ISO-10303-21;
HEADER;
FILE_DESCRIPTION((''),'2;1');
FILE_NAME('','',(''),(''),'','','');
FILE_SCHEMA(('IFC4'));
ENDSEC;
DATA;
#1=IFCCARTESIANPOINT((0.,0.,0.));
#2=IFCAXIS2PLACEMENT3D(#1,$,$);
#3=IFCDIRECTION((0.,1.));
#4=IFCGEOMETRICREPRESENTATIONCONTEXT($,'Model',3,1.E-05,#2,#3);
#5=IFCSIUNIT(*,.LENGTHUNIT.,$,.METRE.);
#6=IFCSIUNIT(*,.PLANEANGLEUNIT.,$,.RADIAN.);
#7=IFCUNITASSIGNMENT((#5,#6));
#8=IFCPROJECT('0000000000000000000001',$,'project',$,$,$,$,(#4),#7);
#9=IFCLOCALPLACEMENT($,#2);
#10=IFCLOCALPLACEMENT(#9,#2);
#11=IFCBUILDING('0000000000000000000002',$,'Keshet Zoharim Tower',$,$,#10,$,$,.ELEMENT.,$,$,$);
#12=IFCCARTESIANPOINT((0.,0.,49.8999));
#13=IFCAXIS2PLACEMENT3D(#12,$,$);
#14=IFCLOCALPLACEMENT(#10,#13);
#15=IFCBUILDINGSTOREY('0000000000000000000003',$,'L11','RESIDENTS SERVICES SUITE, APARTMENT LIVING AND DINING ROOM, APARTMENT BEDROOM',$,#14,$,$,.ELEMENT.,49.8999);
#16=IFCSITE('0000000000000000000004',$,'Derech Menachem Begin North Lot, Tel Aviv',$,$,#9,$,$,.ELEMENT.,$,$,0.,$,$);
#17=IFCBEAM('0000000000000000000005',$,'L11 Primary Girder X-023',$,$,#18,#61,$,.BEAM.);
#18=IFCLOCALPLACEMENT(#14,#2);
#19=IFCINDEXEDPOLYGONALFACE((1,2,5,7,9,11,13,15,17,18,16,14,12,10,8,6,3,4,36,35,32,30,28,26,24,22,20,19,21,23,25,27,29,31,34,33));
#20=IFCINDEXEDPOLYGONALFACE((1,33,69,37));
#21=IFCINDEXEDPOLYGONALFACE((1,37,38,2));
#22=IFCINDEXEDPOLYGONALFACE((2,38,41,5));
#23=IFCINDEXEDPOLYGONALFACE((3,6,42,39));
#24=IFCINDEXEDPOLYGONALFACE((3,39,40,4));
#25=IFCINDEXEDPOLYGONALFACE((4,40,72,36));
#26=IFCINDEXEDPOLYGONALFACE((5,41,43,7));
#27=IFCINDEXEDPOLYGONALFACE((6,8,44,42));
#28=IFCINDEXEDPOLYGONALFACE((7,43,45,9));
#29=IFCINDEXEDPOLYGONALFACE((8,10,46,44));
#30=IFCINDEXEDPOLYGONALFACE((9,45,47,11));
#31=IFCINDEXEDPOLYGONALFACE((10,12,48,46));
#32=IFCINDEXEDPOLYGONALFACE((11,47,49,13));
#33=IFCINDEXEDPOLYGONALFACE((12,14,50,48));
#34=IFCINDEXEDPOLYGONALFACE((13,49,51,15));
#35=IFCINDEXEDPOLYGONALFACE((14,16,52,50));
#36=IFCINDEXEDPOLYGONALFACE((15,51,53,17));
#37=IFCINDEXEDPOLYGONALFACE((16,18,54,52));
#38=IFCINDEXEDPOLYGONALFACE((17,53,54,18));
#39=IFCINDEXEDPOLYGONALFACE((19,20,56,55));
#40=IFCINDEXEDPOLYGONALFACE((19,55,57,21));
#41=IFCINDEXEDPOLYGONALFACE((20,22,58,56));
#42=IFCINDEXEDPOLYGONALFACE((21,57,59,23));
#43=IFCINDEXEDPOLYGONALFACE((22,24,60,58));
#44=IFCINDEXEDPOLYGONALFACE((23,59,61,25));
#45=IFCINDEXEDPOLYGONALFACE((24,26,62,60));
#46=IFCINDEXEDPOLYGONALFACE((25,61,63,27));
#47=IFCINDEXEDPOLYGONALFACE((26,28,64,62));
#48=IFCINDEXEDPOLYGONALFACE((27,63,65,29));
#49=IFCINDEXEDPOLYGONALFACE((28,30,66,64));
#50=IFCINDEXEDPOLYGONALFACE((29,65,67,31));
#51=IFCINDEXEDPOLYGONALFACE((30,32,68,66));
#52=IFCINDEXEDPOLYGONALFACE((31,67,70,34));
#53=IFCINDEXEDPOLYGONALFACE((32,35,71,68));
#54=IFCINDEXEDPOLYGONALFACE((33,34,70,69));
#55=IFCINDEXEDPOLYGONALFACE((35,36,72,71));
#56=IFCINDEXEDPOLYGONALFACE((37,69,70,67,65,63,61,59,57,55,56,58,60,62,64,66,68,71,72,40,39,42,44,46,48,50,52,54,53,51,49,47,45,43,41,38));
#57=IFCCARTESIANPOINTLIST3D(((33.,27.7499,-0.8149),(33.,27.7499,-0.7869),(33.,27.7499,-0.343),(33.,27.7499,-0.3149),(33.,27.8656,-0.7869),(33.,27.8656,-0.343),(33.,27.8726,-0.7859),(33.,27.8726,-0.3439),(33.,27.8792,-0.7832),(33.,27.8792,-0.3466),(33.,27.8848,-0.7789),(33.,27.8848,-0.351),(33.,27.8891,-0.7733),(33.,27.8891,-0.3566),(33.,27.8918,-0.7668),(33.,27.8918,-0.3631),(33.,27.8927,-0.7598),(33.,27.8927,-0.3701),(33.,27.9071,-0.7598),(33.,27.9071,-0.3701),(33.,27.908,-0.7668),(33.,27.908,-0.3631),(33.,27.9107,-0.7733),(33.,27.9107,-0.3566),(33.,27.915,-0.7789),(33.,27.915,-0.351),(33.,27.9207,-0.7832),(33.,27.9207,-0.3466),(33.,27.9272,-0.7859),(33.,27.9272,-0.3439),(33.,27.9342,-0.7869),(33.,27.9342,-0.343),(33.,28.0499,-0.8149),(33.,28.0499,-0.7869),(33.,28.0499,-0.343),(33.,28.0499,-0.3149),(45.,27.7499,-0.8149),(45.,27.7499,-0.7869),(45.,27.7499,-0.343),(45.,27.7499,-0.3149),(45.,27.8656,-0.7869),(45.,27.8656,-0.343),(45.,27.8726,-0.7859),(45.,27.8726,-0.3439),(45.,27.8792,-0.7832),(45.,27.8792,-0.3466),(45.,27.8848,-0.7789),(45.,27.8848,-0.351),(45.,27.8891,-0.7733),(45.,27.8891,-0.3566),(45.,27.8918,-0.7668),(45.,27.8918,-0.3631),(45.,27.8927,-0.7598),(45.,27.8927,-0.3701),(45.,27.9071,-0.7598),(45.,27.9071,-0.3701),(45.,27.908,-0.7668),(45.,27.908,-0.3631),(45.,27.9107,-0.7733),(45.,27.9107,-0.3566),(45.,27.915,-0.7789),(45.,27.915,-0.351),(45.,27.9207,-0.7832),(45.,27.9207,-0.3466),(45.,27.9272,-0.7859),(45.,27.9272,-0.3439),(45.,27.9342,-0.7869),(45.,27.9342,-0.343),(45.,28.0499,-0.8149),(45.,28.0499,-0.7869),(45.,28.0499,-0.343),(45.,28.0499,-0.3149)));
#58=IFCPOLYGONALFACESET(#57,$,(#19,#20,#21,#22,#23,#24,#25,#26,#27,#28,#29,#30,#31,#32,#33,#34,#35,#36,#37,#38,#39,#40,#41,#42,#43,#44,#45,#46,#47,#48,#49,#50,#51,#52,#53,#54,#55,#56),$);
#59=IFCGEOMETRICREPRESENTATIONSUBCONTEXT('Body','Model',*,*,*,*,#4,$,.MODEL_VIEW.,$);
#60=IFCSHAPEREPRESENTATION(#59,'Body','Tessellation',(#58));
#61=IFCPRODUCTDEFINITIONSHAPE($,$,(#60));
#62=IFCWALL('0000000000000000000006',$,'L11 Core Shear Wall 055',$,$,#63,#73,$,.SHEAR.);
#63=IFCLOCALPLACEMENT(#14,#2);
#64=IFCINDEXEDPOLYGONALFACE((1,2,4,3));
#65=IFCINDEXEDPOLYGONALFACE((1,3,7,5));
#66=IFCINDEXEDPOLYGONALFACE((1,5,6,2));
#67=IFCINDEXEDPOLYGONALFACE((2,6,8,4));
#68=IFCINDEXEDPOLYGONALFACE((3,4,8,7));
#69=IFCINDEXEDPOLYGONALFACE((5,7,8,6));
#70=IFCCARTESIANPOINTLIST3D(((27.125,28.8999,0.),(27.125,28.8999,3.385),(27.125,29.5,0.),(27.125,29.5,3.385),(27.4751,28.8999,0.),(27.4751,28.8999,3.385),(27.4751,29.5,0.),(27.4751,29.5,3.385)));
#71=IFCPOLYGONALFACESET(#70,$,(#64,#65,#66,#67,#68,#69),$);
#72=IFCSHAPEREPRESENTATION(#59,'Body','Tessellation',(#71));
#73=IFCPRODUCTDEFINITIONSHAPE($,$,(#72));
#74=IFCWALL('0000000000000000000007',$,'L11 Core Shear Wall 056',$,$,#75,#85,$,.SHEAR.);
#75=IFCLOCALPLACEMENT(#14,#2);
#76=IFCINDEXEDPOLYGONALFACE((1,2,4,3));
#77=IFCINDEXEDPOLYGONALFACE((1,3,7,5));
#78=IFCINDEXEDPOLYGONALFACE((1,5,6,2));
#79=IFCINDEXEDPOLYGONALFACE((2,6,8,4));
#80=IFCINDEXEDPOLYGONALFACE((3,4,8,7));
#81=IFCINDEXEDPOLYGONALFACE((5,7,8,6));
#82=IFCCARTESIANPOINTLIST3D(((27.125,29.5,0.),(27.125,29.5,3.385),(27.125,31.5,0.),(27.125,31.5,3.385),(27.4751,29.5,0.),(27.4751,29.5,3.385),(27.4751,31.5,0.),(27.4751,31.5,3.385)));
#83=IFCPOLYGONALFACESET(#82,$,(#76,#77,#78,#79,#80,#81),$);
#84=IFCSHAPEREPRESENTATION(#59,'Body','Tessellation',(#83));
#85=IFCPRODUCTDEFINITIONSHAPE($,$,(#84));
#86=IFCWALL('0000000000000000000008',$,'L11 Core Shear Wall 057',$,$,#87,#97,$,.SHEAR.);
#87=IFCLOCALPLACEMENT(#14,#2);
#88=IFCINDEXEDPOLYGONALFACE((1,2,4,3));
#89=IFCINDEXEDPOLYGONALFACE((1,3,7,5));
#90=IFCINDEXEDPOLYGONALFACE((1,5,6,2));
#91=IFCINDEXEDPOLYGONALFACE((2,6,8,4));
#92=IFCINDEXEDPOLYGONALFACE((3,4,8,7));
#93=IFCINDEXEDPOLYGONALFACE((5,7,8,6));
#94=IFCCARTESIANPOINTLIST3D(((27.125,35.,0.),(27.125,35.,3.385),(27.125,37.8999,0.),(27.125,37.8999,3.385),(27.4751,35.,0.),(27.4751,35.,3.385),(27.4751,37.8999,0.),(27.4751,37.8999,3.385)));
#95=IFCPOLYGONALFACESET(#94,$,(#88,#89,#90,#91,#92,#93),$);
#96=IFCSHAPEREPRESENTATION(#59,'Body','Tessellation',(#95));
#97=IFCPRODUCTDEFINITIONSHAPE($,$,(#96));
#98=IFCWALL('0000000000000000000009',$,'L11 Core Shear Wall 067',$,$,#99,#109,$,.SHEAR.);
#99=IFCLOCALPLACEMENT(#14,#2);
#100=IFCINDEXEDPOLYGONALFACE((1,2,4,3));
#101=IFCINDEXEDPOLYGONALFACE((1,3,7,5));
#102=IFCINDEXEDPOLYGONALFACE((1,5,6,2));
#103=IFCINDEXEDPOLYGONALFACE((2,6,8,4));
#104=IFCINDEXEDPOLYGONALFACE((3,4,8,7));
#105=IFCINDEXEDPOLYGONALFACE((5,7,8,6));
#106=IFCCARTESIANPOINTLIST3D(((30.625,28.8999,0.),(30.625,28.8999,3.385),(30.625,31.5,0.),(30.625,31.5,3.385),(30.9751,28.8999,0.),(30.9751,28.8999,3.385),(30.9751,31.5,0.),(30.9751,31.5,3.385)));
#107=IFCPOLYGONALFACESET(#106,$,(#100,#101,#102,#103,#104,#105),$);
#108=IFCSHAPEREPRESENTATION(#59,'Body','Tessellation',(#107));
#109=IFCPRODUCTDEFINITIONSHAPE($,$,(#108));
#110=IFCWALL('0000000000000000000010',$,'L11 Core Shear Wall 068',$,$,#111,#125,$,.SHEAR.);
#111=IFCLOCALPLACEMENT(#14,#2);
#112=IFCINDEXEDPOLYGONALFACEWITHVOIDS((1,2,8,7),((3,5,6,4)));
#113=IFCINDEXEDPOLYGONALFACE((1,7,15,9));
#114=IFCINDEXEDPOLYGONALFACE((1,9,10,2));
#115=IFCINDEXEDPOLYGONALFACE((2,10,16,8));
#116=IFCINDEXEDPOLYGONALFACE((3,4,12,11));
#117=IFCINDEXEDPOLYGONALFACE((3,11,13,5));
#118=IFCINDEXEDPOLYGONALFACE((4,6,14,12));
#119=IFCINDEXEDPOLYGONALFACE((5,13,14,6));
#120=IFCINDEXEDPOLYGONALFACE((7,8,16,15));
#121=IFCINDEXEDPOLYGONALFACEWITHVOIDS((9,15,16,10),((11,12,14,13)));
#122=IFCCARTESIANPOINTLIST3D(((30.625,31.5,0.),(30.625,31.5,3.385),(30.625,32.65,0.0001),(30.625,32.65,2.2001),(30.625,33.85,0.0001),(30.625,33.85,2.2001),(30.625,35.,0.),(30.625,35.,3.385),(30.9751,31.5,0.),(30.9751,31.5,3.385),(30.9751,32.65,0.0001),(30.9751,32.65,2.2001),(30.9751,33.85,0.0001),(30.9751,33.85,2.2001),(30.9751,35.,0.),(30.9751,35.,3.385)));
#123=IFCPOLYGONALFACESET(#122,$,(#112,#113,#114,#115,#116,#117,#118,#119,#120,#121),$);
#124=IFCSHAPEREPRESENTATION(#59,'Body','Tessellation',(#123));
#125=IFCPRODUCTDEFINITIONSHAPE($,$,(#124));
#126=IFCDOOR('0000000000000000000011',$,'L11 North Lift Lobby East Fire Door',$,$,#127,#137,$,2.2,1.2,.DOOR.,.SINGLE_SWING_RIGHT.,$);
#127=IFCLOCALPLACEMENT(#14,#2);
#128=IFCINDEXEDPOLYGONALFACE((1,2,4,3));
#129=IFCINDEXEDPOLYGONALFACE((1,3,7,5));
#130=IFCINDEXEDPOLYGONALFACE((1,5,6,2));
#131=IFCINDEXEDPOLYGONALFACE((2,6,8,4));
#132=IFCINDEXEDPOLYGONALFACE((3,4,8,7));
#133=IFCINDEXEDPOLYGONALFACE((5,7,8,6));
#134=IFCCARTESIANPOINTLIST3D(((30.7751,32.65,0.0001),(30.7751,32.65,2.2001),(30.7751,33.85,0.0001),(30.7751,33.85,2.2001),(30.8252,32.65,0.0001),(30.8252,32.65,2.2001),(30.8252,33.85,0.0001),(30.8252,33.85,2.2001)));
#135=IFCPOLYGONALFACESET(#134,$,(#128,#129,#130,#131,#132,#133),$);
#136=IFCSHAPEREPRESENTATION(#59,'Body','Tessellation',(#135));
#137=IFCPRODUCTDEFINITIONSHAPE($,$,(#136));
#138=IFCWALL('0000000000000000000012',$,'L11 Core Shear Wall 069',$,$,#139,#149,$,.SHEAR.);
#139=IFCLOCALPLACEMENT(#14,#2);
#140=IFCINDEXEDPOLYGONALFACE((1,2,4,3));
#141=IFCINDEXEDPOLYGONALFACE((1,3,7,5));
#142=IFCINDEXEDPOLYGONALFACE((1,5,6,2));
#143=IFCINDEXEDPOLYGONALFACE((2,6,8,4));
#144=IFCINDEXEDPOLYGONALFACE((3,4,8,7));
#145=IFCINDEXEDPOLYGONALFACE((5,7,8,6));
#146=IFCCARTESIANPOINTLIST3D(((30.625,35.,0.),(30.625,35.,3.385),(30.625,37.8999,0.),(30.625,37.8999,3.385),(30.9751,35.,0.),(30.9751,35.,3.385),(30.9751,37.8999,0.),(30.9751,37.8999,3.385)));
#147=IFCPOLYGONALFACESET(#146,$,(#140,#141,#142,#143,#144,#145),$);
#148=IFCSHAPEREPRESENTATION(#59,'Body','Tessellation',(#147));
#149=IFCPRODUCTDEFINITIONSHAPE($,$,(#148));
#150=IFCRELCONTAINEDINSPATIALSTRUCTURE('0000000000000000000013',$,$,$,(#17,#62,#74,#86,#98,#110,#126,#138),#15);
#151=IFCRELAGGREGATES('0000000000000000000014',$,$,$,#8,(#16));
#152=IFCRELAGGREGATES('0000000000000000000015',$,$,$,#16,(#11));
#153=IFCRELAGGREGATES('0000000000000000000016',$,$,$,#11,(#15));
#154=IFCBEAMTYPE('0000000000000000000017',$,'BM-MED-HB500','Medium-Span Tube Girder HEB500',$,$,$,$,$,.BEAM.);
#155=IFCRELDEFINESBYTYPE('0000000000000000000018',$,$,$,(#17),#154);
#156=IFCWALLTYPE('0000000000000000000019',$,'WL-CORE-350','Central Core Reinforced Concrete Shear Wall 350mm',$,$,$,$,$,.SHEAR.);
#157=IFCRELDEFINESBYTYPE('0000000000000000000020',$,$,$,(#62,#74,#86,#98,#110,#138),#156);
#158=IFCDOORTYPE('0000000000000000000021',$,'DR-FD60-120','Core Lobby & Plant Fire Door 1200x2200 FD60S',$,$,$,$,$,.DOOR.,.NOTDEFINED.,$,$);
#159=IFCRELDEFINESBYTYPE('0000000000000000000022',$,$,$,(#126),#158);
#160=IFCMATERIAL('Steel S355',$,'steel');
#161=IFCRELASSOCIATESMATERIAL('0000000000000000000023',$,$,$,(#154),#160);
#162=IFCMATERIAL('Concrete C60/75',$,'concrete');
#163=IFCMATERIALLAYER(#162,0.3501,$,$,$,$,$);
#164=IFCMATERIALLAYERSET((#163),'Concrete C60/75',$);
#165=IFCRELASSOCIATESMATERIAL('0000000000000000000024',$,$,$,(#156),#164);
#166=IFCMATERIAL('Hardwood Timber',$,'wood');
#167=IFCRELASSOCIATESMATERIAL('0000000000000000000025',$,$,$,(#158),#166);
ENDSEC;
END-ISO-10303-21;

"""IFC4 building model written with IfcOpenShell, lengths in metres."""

from ifc_helpers import new_model, si_unit, direction, frame, frame_2d, origin, origin_2d, place, context, subcontext, project, spatial, rectangle, i_section, extrude, material, layer, layer_set, material_profile, profile_set, type_object, element, fill, save


model = new_model("IFC4")

# Units and contexts
model_context = context("Model", 3, precision=1e-05, world=origin(), true_north=direction((0.0, 1.0)))
body_context = subcontext(model_context, "Body", "Model", "MODEL_VIEW")
ifc_project = project(units=[si_unit("LENGTHUNIT", "METRE"), si_unit("PLANEANGLEUNIT", "RADIAN")], contexts=[model_context])

# Site, building, storey
site_placement = place(None, origin())
site = spatial("IfcSite", under=ifc_project, at=site_placement, Name="Derech Menachem Begin North Lot, Tel Aviv", CompositionType="ELEMENT", RefElevation=0.0)
building_placement = place(site_placement, origin())
building = spatial("IfcBuilding", under=site, at=building_placement, Name="Keshet Zoharim Tower", CompositionType="ELEMENT")
storey_placement = place(building_placement, frame((0.0, 0.0, 49.8999)))
storey = spatial("IfcBuildingStorey", under=building, at=storey_placement, Name="L11", Description="RESIDENTS SERVICES SUITE, APARTMENT LIVING AND DINING ROOM, APARTMENT BEDROOM", CompositionType="ELEMENT", Elevation=49.8999)

# Shared definitions
ifc_material_1 = material(Name="Concrete C60/75", Category="concrete")

# Beam
ifc_material_2 = material(Name="Steel S355", Category="steel")
ifc_material_profile_1 = material_profile(ifc_material_2, i_section(OverallWidth=0.3, OverallDepth=0.5, WebThickness=0.0144, FlangeThickness=0.0281, FilletRadius=0.0271, at=origin_2d()), Name="HEB500")
ifc_profile_set_1 = profile_set([ifc_material_profile_1], Name="Steel S355")
beam_type_1 = type_object("IfcBeamType", Name="BM-MED-HB500", Description="Medium-Span Tube Girder HEB500", PredefinedType="BEAM", material=ifc_profile_set_1)
beam_1_placement = place(storey_placement, frame((33.0, 27.8999, -0.5649), z_axis=(1.0, 0.0, 0.0), x_axis=(0.0, 1.0, 0.0)))
element("IfcBeam", 1, at=beam_1_placement, inside=storey, type_object=beam_type_1, Name="L11 Primary Girder X-023", PredefinedType="BEAM", context=body_context, shape_type="SweptSolid", body=[
    extrude(i_section(OverallWidth=0.3, OverallDepth=0.5, WebThickness=0.0144, FlangeThickness=0.0281, FilletRadius=0.0271, at=origin_2d()), origin(), (0.0, 0.0, 1.0), 12.0),
])

# Walls
ifc_layer_1 = layer(ifc_material_1, 0.3501)
ifc_layer_set_1 = layer_set([ifc_layer_1], Name="Concrete C60/75")
wall_type_1 = type_object("IfcWallType", Name="WL-CORE-350", Description="Central Core Reinforced Concrete Shear Wall 350mm", PredefinedType="SHEAR", material=ifc_layer_set_1)
wall_1_placement = place(storey_placement, frame((27.3, 28.8999, 0.0), z_axis=(0.0, 0.0, 1.0), x_axis=(0.0, 1.0, 0.0)))
element("IfcWall", 2, at=wall_1_placement, inside=storey, type_object=wall_type_1, Name="L11 Core Shear Wall 055", PredefinedType="SHEAR", context=body_context, shape_type="SweptSolid", body=[
    extrude(rectangle(XDim=0.6001, YDim=0.3501, at=frame_2d((0.3, 0.0))), origin(), (0.0, 0.0, 1.0), 3.385),
])
wall_2_placement = place(storey_placement, frame((27.3, 29.5, 0.0), z_axis=(0.0, 0.0, 1.0), x_axis=(0.0, 1.0, 0.0)))
element("IfcWall", 3, at=wall_2_placement, inside=storey, type_object=wall_type_1, Name="L11 Core Shear Wall 056", PredefinedType="SHEAR", context=body_context, shape_type="SweptSolid", body=[
    extrude(rectangle(XDim=2.0, YDim=0.3501, at=frame_2d((1.0, 0.0))), origin(), (0.0, 0.0, 1.0), 3.385),
])
wall_3_placement = place(storey_placement, frame((27.3, 35.0, 0.0), z_axis=(0.0, 0.0, 1.0), x_axis=(0.0, 1.0, 0.0)))
element("IfcWall", 4, at=wall_3_placement, inside=storey, type_object=wall_type_1, Name="L11 Core Shear Wall 057", PredefinedType="SHEAR", context=body_context, shape_type="SweptSolid", body=[
    extrude(rectangle(XDim=2.8999, YDim=0.3501, at=frame_2d((1.45, 0.0))), origin(), (0.0, 0.0, 1.0), 3.385),
])
wall_4_placement = place(storey_placement, frame((30.8, 28.8999, 0.0), z_axis=(0.0, 0.0, 1.0), x_axis=(0.0, 1.0, 0.0)))
element("IfcWall", 5, at=wall_4_placement, inside=storey, type_object=wall_type_1, Name="L11 Core Shear Wall 067", PredefinedType="SHEAR", context=body_context, shape_type="SweptSolid", body=[
    extrude(rectangle(XDim=2.6001, YDim=0.3501, at=frame_2d((1.3, 0.0))), origin(), (0.0, 0.0, 1.0), 3.385),
])

# Wall, opening, door
wall_5_placement = place(storey_placement, frame((30.8, 31.5, 0.0), z_axis=(0.0, 0.0, 1.0), x_axis=(0.0, 1.0, 0.0)))
wall_5 = element("IfcWall", 6, at=wall_5_placement, inside=storey, type_object=wall_type_1, Name="L11 Core Shear Wall 068", PredefinedType="SHEAR", context=body_context, shape_type="SweptSolid", body=[
    extrude(rectangle(XDim=3.5, YDim=0.3501, at=frame_2d((1.75, 0.0))), origin(), (0.0, 0.0, 1.0), 3.385),
])
opening_1_placement = place(wall_5_placement, frame((1.1499, 0.0, 0.0)))
opening_1 = element("IfcOpeningElement", 7, at=opening_1_placement, cuts=wall_5, PredefinedType="OPENING", context=body_context, shape_type="SweptSolid", body=[
    extrude(rectangle(XDim=1.2, YDim=2.2, at=frame_2d((0.6001, 1.1001))), frame((0.0, 0.1851, 0.0), z_axis=(0.0, -1.0, 0.0), x_axis=(1.0, 0.0, 0.0)), (0.0, 0.0, 1.0), 0.3701),
])
ifc_material_3 = material(Name="Hardwood Timber", Category="wood")
door_type_1 = type_object("IfcDoorType", Name="DR-FD60-120", Description="Core Lobby & Plant Fire Door 1200x2200 FD60S", OperationType="NOTDEFINED", PredefinedType="DOOR", material=ifc_material_3)
door_1_placement = place(opening_1_placement, origin())
door_1 = element("IfcDoor", 8, at=door_1_placement, inside=storey, type_object=door_type_1, Name="L11 North Lift Lobby East Fire Door", OperationType="SINGLE_SWING_RIGHT", OverallHeight=2.2, OverallWidth=1.2, PredefinedType="DOOR", context=body_context, shape_type="SweptSolid", body=[
    extrude(rectangle(XDim=1.2, YDim=2.2, at=frame_2d((0.6001, 1.1001))), frame((0.0, 0.0249, 0.0), z_axis=(0.0, -1.0, 0.0), x_axis=(1.0, 0.0, 0.0)), (0.0, 0.0, 1.0), 0.05),
])
fill(opening_1, door_1)

# Wall
wall_6_placement = place(storey_placement, frame((30.8, 35.0, 0.0), z_axis=(0.0, 0.0, 1.0), x_axis=(0.0, 1.0, 0.0)))
element("IfcWall", 9, at=wall_6_placement, inside=storey, type_object=wall_type_1, Name="L11 Core Shear Wall 069", PredefinedType="SHEAR", context=body_context, shape_type="SweptSolid", body=[
    extrude(rectangle(XDim=2.8999, YDim=0.3501, at=frame_2d((1.45, 0.0))), origin(), (0.0, 0.0, 1.0), 3.385),
])

save(model, "model.ifc")
